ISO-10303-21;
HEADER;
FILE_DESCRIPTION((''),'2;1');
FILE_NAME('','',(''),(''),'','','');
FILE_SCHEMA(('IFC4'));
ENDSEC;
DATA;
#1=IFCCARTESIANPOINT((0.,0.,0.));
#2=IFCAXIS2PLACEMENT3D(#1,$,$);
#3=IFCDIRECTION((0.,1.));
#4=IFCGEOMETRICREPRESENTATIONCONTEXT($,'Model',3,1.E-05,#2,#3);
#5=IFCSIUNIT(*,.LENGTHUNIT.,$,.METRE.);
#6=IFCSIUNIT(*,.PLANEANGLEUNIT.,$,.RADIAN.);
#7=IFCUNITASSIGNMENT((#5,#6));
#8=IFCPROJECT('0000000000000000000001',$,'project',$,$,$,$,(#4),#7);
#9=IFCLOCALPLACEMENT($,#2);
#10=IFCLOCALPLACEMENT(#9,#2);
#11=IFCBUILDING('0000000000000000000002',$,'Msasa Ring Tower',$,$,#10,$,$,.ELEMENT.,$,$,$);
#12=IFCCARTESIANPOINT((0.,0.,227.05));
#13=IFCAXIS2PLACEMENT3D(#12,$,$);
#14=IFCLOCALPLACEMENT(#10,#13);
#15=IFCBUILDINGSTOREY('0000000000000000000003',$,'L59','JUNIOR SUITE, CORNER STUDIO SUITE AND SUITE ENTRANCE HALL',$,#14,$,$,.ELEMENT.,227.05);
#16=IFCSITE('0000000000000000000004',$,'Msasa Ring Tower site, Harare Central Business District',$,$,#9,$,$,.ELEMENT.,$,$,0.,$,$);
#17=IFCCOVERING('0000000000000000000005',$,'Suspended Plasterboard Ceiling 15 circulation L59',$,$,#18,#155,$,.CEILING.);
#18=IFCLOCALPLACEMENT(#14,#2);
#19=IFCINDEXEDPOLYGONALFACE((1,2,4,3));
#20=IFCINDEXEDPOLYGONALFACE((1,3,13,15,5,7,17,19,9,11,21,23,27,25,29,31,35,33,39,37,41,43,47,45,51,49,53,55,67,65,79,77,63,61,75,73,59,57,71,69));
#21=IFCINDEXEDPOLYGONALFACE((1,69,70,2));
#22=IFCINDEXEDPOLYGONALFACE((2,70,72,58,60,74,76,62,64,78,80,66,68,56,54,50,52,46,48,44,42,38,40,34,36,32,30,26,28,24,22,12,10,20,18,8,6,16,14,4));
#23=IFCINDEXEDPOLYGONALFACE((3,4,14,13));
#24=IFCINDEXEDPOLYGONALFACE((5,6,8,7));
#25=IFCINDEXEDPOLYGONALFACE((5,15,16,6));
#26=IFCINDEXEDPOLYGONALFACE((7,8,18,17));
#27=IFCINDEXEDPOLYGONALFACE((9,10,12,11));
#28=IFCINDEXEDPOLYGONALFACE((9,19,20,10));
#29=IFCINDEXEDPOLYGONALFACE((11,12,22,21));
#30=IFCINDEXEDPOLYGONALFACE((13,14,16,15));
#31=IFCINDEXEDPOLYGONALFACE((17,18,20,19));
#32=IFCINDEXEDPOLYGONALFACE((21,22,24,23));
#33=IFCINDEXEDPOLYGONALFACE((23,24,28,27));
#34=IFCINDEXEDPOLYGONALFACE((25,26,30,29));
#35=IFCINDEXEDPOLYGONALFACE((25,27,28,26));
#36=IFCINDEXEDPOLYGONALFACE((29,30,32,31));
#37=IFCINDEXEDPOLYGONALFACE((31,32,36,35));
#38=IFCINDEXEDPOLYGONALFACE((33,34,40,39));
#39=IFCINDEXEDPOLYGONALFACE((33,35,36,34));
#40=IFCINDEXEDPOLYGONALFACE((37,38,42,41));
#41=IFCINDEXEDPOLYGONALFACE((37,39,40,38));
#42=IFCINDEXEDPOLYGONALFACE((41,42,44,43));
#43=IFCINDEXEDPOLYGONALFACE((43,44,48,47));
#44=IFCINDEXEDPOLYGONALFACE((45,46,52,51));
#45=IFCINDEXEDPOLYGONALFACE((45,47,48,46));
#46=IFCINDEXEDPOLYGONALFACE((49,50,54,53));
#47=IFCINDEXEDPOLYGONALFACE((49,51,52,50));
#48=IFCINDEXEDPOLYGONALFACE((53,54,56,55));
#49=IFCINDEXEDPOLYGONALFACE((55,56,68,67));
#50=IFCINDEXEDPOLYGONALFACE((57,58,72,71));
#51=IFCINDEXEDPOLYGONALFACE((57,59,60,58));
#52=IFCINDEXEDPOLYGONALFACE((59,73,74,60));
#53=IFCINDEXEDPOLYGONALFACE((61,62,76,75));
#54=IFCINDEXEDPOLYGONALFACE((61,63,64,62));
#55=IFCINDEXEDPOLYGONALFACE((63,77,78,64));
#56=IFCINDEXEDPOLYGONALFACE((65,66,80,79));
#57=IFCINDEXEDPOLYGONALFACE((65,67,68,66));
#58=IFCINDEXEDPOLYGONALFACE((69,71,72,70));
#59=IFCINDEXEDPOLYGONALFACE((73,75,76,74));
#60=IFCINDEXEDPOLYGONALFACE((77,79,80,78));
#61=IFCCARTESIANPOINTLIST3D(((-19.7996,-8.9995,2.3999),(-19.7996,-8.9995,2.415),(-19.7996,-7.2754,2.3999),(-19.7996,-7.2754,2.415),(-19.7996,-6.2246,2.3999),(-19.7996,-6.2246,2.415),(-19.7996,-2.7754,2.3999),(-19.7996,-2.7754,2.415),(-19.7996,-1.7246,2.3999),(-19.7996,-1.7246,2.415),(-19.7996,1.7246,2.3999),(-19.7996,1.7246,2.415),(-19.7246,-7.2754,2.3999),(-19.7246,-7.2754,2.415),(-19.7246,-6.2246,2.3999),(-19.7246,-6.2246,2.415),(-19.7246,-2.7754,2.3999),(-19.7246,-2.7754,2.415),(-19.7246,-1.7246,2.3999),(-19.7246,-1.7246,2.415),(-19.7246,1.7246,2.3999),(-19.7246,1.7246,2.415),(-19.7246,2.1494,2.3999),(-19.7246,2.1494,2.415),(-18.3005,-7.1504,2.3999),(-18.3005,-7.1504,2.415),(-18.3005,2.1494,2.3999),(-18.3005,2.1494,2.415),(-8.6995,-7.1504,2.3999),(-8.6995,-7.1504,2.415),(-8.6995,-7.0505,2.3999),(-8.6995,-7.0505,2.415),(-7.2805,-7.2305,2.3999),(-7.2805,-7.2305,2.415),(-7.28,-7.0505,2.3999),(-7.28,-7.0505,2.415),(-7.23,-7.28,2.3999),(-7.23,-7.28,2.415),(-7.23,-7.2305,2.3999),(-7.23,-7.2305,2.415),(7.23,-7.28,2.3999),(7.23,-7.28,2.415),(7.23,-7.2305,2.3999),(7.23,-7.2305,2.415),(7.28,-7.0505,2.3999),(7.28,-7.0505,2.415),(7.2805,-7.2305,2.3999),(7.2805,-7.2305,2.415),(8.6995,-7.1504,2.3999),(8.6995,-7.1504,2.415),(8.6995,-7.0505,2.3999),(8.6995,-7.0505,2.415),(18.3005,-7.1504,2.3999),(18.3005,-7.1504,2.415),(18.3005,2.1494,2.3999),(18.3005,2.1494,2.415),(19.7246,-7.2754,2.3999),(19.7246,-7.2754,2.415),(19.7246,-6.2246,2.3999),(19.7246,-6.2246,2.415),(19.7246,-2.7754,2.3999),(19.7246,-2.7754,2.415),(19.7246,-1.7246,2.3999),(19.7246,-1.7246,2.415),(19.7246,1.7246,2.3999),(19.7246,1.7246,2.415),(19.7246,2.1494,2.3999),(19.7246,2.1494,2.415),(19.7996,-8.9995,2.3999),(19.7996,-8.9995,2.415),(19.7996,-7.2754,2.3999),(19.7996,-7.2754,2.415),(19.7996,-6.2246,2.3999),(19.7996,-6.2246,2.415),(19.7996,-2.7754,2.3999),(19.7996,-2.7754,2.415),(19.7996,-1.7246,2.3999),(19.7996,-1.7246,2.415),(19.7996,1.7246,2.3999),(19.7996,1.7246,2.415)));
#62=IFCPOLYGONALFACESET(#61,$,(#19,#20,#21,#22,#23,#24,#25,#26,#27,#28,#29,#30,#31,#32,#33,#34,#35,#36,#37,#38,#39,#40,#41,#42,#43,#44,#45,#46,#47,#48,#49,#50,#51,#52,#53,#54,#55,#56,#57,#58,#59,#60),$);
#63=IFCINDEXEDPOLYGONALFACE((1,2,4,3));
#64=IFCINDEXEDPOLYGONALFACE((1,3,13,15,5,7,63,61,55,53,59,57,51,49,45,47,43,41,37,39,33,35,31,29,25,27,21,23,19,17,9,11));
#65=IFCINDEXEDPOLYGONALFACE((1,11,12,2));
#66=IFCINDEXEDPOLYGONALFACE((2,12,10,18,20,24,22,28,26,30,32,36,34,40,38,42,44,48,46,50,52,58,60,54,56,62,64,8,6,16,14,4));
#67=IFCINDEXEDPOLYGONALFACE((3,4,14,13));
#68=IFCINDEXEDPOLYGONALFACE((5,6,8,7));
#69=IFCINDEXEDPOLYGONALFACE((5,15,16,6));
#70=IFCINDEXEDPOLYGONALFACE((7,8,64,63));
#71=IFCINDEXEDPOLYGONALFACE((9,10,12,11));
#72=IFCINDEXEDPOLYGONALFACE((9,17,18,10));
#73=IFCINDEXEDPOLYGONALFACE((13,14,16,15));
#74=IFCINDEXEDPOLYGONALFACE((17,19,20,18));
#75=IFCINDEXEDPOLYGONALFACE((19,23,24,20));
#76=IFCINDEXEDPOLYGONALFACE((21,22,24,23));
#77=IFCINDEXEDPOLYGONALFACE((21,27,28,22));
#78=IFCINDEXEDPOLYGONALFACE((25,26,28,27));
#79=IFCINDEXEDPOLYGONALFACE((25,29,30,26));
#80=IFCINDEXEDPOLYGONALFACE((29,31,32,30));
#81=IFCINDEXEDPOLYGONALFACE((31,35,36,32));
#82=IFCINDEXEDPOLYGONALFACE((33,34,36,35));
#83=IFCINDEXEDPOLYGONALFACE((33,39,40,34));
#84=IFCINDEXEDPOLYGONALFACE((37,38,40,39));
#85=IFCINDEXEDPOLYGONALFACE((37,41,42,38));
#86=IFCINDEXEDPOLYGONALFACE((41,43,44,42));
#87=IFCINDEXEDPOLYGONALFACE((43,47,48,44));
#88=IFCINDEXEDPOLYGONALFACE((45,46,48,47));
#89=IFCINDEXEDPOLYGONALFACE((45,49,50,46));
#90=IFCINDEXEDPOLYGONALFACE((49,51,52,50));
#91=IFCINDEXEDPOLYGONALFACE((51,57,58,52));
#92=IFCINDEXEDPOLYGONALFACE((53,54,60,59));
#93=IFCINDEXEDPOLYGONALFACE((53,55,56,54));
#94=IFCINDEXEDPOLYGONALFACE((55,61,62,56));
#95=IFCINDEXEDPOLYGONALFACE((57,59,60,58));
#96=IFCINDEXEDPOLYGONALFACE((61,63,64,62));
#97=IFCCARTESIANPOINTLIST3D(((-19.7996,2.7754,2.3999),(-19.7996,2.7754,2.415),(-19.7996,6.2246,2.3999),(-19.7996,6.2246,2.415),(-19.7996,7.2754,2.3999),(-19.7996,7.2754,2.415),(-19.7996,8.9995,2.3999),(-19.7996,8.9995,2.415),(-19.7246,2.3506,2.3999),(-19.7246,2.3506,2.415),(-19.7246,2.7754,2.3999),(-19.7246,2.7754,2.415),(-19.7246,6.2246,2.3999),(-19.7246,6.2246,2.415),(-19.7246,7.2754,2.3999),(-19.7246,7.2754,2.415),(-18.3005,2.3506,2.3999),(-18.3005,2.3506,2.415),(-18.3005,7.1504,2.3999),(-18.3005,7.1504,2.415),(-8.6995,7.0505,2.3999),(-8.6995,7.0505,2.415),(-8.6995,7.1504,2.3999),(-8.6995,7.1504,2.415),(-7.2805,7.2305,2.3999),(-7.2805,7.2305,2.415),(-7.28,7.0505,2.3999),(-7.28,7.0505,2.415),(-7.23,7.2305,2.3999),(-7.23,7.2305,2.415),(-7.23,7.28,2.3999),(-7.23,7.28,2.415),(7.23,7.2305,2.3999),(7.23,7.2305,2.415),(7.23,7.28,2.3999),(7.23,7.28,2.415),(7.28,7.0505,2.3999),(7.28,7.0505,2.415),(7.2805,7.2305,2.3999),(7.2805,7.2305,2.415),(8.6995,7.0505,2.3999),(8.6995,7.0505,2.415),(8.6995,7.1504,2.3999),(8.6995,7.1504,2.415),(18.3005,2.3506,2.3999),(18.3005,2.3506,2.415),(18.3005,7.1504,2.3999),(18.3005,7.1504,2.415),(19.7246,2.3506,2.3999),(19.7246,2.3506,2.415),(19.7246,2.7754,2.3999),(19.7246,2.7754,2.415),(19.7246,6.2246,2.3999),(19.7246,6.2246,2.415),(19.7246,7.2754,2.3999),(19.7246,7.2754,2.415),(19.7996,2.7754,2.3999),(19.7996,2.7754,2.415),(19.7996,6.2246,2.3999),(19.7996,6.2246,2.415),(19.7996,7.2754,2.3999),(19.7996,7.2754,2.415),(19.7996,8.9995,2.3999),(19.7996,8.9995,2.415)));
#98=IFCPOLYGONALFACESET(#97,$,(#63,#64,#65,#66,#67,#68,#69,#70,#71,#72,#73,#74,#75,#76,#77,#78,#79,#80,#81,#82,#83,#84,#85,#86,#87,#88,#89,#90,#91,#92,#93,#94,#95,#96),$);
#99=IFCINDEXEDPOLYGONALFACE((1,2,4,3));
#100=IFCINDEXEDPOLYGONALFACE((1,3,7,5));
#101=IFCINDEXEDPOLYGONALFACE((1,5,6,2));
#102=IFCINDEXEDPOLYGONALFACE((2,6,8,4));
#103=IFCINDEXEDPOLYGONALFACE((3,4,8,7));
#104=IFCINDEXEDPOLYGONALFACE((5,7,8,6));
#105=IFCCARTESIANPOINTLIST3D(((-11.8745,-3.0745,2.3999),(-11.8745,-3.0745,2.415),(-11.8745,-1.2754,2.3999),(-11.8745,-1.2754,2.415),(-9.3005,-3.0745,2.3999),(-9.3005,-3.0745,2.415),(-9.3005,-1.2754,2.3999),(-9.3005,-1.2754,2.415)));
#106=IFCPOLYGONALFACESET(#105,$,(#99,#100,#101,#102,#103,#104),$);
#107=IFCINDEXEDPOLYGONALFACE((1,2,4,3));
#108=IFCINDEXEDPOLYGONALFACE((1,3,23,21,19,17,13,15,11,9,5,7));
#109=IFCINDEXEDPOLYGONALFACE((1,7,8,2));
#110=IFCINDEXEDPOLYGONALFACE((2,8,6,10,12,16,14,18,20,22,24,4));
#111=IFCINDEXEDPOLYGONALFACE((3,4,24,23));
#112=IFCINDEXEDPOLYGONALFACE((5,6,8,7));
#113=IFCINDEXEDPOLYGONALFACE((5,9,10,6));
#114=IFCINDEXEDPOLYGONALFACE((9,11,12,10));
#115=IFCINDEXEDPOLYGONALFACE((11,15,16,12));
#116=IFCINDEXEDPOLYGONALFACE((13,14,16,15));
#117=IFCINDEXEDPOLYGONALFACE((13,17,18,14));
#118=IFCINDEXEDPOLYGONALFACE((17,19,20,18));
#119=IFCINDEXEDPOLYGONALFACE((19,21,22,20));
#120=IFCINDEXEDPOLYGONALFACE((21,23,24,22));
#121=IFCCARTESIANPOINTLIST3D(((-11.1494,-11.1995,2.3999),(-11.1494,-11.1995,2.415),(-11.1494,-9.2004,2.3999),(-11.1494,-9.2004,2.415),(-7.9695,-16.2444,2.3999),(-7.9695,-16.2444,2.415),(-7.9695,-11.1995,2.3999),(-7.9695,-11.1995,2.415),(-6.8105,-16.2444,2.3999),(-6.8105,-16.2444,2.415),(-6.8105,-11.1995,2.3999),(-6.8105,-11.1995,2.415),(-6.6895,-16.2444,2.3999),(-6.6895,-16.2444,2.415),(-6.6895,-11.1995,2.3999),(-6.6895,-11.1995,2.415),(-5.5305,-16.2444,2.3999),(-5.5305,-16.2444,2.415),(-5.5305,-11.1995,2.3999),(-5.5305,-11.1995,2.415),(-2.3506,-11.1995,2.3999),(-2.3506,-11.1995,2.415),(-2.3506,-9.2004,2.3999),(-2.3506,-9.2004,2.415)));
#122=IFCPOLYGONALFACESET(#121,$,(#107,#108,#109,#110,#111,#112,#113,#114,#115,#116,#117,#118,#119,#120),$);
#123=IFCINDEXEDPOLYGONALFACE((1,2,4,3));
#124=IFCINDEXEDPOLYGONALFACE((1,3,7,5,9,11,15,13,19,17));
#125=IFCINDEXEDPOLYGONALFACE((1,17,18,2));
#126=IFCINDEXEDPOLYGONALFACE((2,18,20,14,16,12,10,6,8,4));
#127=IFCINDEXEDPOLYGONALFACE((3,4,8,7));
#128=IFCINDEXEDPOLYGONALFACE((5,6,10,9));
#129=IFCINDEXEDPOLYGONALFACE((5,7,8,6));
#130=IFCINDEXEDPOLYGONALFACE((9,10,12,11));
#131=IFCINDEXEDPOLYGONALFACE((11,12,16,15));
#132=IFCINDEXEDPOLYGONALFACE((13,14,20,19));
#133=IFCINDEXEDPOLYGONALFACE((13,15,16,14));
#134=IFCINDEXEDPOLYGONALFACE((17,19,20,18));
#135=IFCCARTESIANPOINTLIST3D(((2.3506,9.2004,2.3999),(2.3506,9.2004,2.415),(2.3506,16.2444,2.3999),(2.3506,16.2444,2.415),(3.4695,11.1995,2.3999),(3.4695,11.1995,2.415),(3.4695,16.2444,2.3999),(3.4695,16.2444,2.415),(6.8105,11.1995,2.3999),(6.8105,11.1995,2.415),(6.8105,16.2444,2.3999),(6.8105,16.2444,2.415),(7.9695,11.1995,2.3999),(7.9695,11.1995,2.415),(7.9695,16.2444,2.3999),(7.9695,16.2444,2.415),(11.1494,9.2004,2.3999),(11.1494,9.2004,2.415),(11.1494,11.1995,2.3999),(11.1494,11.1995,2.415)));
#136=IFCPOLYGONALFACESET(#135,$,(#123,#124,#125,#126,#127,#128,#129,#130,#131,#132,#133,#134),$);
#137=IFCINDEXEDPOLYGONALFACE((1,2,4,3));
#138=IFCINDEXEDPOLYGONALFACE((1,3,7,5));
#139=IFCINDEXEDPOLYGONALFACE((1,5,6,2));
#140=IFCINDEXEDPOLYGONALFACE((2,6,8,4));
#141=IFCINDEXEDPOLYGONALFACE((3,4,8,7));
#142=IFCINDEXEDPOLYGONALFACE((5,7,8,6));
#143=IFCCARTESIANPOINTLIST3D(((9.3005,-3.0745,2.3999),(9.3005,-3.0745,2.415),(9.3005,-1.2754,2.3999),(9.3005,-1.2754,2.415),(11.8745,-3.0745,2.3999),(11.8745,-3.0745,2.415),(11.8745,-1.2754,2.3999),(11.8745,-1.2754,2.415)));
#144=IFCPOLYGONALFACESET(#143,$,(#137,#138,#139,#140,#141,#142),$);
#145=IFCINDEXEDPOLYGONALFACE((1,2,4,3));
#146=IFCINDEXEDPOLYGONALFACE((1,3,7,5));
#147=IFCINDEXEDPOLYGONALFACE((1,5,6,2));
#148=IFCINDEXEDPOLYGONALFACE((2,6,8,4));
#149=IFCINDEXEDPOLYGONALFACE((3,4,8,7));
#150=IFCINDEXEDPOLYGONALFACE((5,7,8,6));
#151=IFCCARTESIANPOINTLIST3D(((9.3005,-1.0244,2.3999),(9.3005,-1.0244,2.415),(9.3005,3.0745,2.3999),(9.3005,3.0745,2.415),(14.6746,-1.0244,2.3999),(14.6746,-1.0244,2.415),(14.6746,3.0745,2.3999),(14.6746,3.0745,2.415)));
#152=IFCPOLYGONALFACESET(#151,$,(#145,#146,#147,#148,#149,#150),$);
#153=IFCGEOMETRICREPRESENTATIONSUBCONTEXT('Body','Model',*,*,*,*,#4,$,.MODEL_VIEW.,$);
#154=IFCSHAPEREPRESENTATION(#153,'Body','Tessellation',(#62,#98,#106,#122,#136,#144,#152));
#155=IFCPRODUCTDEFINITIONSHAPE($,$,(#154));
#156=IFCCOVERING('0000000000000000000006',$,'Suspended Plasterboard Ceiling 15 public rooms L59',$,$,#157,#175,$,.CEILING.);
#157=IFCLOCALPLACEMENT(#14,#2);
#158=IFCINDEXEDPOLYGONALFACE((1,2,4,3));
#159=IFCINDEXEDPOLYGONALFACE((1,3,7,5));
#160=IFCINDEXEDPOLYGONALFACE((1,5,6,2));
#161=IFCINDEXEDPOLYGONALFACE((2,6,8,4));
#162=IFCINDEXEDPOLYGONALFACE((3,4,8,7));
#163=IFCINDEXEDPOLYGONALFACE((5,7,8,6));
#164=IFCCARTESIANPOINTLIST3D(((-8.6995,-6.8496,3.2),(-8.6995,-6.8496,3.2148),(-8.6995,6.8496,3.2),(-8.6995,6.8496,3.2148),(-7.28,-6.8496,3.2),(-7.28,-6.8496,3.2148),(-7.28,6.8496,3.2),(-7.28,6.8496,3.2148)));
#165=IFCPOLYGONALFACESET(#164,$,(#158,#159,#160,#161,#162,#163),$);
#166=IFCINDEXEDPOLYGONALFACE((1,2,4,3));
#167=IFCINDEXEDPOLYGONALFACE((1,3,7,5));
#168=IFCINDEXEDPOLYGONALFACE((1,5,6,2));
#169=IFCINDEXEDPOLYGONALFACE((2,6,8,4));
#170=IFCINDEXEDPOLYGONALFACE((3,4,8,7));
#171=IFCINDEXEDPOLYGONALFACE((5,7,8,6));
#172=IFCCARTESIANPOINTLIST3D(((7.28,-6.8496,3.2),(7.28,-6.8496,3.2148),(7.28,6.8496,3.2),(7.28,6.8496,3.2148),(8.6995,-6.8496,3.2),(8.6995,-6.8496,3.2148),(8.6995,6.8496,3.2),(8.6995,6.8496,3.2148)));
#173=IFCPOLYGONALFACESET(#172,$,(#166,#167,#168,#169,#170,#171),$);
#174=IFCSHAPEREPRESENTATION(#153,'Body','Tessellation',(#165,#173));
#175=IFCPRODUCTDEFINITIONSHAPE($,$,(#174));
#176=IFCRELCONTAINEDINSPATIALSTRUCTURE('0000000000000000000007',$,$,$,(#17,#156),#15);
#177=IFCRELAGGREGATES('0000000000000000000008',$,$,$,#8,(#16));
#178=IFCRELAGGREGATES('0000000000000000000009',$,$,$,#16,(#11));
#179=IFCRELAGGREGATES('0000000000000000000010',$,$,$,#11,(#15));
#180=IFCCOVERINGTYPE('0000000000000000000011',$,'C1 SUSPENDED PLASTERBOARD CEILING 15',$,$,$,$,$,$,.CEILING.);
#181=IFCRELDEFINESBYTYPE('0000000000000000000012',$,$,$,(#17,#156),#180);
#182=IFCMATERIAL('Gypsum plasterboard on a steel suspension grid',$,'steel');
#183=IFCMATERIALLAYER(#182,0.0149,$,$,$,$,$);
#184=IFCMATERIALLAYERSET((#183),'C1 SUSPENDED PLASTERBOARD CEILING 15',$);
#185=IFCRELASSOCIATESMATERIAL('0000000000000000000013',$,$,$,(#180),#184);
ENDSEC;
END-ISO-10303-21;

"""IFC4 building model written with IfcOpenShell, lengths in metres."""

from ifc_helpers import new_model, si_unit, direction, frame, origin, place, context, subcontext, project, spatial, line, indexed_curve, outline, extrude, material, layer, layer_set, type_object, element, save


model = new_model("IFC4")

# Units and contexts
model_context = context("Model", 3, precision=1e-05, world=origin(), true_north=direction((0.0, 1.0)))
body_context = subcontext(model_context, "Body", "Model", "MODEL_VIEW")
ifc_project = project(units=[si_unit("LENGTHUNIT", "METRE"), si_unit("PLANEANGLEUNIT", "RADIAN")], contexts=[model_context])

# Site, building, storey
site_placement = place(None, origin())
site = spatial("IfcSite", under=ifc_project, at=site_placement, Name="Msasa Ring Tower site, Harare Central Business District", CompositionType="ELEMENT", RefElevation=0.0)
building_placement = place(site_placement, origin())
building = spatial("IfcBuilding", under=site, at=building_placement, Name="Msasa Ring Tower", CompositionType="ELEMENT")
storey_placement = place(building_placement, frame((0.0, 0.0, 227.05)))
storey = spatial("IfcBuildingStorey", under=building, at=storey_placement, Name="L59", Description="JUNIOR SUITE, CORNER STUDIO SUITE AND SUITE ENTRANCE HALL", CompositionType="ELEMENT", Elevation=227.05)

# Coverings
ifc_material_1 = material(Name="Gypsum plasterboard on a steel suspension grid", Category="steel")
ifc_layer_1 = layer(ifc_material_1, 0.0149)
ifc_layer_set_1 = layer_set([ifc_layer_1], Name="C1 SUSPENDED PLASTERBOARD CEILING 15")
covering_type_1 = type_object("IfcCoveringType", Name="C1 SUSPENDED PLASTERBOARD CEILING 15", PredefinedType="CEILING", material=ifc_layer_set_1)
covering_1_placement = place(storey_placement, frame((0.0, 0.0, 2.3999)))
element("IfcCovering", 1, at=covering_1_placement, inside=storey, type_object=covering_type_1, Name="Suspended Plasterboard Ceiling 15 circulation L59", PredefinedType="CEILING", context=body_context, shape_type="SweptSolid", body=[
    extrude(outline(indexed_curve([(8.6995, -7.1504), (18.3005, -7.1504), (18.3005, 2.1494), (19.7246, 2.1494), (19.7246, 1.7246), (19.7996, 1.7246), (19.7996, -1.7246), (19.7246, -1.7246), (19.7246, -2.7754), (19.7996, -2.7754), (19.7996, -6.2246), (19.7246, -6.2246), (19.7246, -7.2754), (19.7996, -7.2754), (19.7996, -8.9995), (-19.7996, -8.9995), (-19.7996, -7.2754), (-19.7246, -7.2754), (-19.7246, -6.2246), (-19.7996, -6.2246), (-19.7996, -2.7754), (-19.7246, -2.7754), (-19.7246, -1.7246), (-19.7996, -1.7246), (-19.7996, 1.7246), (-19.7246, 1.7246), (-19.7246, 2.1494), (-18.3005, 2.1494), (-18.3005, -7.1504), (-8.6995, -7.1504), (-8.6995, -7.0505), (-7.28, -7.0505), (-7.2805, -7.2305), (-7.23, -7.2305), (-7.23, -7.28), (7.23, -7.28), (7.23, -7.2305), (7.2805, -7.2305), (7.28, -7.0505), (8.6995, -7.0505)], segments=[line(1, 2, 3, 4, 5, 6, 7, 8, 9, 10, 11, 12, 13, 14, 15, 16, 17, 18, 19, 20, 21, 22, 23, 24, 25, 26, 27, 28, 29, 30, 31, 32, 33, 34, 35, 36, 37, 38, 39, 40, 1)], self_intersect=False)), origin(), (0.0, 0.0, 1.0), 0.0151),
    extrude(outline(indexed_curve([(19.7996, 7.2754), (19.7246, 7.2754), (19.7246, 6.2246), (19.7996, 6.2246), (19.7996, 2.7754), (19.7246, 2.7754), (19.7246, 2.3506), (18.3005, 2.3506), (18.3005, 7.1504), (8.6995, 7.1504), (8.6995, 7.0505), (7.28, 7.0505), (7.2805, 7.2305), (7.23, 7.2305), (7.23, 7.28), (-7.23, 7.28), (-7.23, 7.2305), (-7.2805, 7.2305), (-7.28, 7.0505), (-8.6995, 7.0505), (-8.6995, 7.1504), (-18.3005, 7.1504), (-18.3005, 2.3506), (-19.7246, 2.3506), (-19.7246, 2.7754), (-19.7996, 2.7754), (-19.7996, 6.2246), (-19.7246, 6.2246), (-19.7246, 7.2754), (-19.7996, 7.2754), (-19.7996, 8.9995), (19.7996, 8.9995)], segments=[line(1, 2, 3, 4, 5, 6, 7, 8, 9, 10, 11, 12, 13, 14, 15, 16, 17, 18, 19, 20, 21, 22, 23, 24, 25, 26, 27, 28, 29, 30, 31, 32, 1)], self_intersect=False)), origin(), (0.0, 0.0, 1.0), 0.0151),
    extrude(outline(indexed_curve([(-11.8745, -3.0745), (-11.8745, -1.2754), (-9.3005, -1.2754), (-9.3005, -3.0745)], segments=[line(1, 2, 3, 4, 1)], self_intersect=False)), origin(), (0.0, 0.0, 1.0), 0.0151),
    extrude(outline(indexed_curve([(-5.5305, -16.2444), (-6.6895, -16.2444), (-6.6895, -11.1995), (-6.8105, -11.1995), (-6.8105, -16.2444), (-7.9695, -16.2444), (-7.9695, -11.1995), (-11.1494, -11.1995), (-11.1494, -9.2004), (-2.3506, -9.2004), (-2.3506, -11.1995), (-5.5305, -11.1995)], segments=[line(1, 2, 3, 4, 5, 6, 7, 8, 9, 10, 11, 12, 1)], self_intersect=False)), origin(), (0.0, 0.0, 1.0), 0.0151),
    extrude(outline(indexed_curve([(3.4695, 16.2444), (3.4695, 11.1995), (6.8105, 11.1995), (6.8105, 16.2444), (7.9695, 16.2444), (7.9695, 11.1995), (11.1494, 11.1995), (11.1494, 9.2004), (2.3506, 9.2004), (2.3506, 16.2444)], segments=[line(1, 2, 3, 4, 5, 6, 7, 8, 9, 10, 1)], self_intersect=False)), origin(), (0.0, 0.0, 1.0), 0.0151),
    extrude(outline(indexed_curve([(9.3005, -3.0745), (9.3005, -1.2754), (11.8745, -1.2754), (11.8745, -3.0745)], segments=[line(1, 2, 3, 4, 1)], self_intersect=False)), origin(), (0.0, 0.0, 1.0), 0.0151),
    extrude(outline(indexed_curve([(9.3005, -1.0244), (9.3005, 3.0745), (14.6746, 3.0745), (14.6746, -1.0244)], segments=[line(1, 2, 3, 4, 1)], self_intersect=False)), origin(), (0.0, 0.0, 1.0), 0.0151),
])
covering_2_placement = place(storey_placement, frame((0.0, 0.0, 3.2)))
element("IfcCovering", 2, at=covering_2_placement, inside=storey, type_object=covering_type_1, Name="Suspended Plasterboard Ceiling 15 public rooms L59", PredefinedType="CEILING", context=body_context, shape_type="SweptSolid", body=[
    extrude(outline(indexed_curve([(-7.28, 6.8496), (-7.28, -6.8496), (-8.6995, -6.8496), (-8.6995, 6.8496)], segments=[line(1, 2, 3, 4, 1)], self_intersect=False)), origin(), (0.0, 0.0, 1.0), 0.0149),
    extrude(outline(indexed_curve([(8.6995, 6.8496), (8.6995, -6.8496), (7.28, -6.8496), (7.28, 6.8496)], segments=[line(1, 2, 3, 4, 1)], self_intersect=False)), origin(), (0.0, 0.0, 1.0), 0.0149),
])

save(model, "model.ifc")
